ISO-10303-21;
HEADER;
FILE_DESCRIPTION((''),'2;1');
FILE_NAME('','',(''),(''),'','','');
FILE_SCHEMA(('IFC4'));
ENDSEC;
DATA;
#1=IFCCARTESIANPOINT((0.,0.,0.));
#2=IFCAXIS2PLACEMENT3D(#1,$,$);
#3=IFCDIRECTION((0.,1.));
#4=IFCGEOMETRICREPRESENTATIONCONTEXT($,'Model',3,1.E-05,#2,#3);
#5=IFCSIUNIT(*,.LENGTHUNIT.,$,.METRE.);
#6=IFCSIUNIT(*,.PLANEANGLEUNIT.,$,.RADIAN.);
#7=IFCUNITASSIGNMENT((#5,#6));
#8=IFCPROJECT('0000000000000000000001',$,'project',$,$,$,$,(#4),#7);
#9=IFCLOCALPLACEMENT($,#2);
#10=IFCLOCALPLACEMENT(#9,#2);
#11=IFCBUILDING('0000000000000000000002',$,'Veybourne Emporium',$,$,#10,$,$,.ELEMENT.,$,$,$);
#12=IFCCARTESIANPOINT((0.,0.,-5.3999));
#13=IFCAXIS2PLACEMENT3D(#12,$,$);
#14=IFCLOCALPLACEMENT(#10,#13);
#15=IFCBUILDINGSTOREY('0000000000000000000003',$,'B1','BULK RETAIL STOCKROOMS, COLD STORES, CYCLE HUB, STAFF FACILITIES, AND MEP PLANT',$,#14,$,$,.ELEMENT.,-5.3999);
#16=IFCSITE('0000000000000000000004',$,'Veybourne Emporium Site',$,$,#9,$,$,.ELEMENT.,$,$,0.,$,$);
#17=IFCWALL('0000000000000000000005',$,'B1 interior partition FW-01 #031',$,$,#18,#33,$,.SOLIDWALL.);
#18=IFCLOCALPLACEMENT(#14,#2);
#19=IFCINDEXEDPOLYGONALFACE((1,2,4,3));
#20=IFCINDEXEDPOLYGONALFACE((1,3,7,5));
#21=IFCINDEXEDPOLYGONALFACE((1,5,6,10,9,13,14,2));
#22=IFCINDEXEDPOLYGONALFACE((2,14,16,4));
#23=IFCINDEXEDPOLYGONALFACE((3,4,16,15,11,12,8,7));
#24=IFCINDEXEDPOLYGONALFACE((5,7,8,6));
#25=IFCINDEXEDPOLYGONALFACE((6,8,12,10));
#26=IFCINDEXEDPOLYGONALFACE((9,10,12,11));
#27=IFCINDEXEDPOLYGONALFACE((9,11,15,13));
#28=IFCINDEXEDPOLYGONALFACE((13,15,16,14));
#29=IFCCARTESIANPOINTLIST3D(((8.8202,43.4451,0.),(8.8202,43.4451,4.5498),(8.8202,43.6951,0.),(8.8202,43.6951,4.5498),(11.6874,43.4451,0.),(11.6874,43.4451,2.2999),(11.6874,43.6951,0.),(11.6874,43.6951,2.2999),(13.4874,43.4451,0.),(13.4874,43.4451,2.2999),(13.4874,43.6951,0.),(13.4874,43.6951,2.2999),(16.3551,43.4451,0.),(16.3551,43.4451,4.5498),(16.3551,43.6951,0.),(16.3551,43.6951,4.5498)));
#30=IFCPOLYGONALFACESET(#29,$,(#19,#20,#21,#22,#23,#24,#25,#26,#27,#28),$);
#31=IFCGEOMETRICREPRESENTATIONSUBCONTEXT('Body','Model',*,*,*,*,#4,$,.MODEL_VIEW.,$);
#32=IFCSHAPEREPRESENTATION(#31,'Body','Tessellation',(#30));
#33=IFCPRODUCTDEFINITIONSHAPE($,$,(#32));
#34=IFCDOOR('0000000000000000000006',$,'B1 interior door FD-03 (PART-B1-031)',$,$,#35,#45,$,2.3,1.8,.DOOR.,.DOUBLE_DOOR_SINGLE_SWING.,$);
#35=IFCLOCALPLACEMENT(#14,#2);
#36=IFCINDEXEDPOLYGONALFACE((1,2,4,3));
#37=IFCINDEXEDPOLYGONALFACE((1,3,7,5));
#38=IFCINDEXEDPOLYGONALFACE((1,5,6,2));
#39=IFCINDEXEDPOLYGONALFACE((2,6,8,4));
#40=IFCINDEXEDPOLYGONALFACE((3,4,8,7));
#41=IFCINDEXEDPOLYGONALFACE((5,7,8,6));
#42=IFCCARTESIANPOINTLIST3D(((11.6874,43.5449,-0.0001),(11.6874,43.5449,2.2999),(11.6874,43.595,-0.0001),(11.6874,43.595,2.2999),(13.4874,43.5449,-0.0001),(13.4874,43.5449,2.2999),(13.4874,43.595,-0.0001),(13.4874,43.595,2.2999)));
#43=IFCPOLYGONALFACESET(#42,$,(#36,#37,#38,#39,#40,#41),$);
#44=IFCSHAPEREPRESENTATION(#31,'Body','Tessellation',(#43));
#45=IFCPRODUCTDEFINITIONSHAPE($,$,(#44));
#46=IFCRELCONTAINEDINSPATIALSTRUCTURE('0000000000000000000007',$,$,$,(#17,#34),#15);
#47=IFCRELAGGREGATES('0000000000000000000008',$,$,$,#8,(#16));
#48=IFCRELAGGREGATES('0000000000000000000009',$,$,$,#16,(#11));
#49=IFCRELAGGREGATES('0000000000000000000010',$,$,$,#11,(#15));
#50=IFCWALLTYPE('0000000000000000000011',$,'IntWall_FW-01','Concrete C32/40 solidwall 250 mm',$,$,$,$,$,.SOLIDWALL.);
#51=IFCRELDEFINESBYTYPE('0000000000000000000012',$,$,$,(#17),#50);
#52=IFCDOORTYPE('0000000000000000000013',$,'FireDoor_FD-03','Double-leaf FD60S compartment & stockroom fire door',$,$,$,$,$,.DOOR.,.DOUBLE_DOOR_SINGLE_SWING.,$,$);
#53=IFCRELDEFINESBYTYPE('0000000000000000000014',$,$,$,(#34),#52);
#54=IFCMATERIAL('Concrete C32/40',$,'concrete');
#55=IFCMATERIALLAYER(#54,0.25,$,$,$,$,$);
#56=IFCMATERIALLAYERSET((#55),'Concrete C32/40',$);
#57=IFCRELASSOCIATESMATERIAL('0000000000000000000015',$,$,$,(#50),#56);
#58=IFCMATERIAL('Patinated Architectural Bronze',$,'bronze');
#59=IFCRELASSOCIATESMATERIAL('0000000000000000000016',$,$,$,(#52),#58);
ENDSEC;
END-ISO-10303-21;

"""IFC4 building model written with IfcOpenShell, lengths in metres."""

from ifc_helpers import new_model, si_unit, direction, frame, frame_2d, origin, place, context, subcontext, project, spatial, rectangle, extrude, material, layer, layer_set, type_object, element, fill, save


model = new_model("IFC4")

# Units and contexts
model_context = context("Model", 3, precision=1e-05, world=origin(), true_north=direction((0.0, 1.0)))
body_context = subcontext(model_context, "Body", "Model", "MODEL_VIEW")
ifc_project = project(units=[si_unit("LENGTHUNIT", "METRE"), si_unit("PLANEANGLEUNIT", "RADIAN")], contexts=[model_context])

# Site, building, storey
site_placement = place(None, origin())
site = spatial("IfcSite", under=ifc_project, at=site_placement, Name="Veybourne Emporium Site", CompositionType="ELEMENT", RefElevation=0.0)
building_placement = place(site_placement, origin())
building = spatial("IfcBuilding", under=site, at=building_placement, Name="Veybourne Emporium", CompositionType="ELEMENT")
storey_placement = place(building_placement, frame((0.0, 0.0, -5.3999)))
storey = spatial("IfcBuildingStorey", under=building, at=storey_placement, Name="B1", Description="BULK RETAIL STOCKROOMS, COLD STORES, CYCLE HUB, STAFF FACILITIES, AND MEP PLANT", CompositionType="ELEMENT", Elevation=-5.3999)

# Shared definitions
ifc_material_1 = material(Name="Concrete C32/40", Category="concrete")

# Wall, opening, door
ifc_layer = layer(ifc_material_1, 0.25)
ifc_layer_set = layer_set([ifc_layer], Name="Concrete C32/40")
wall_type = type_object("IfcWallType", Name="IntWall_FW-01", Description="Concrete C32/40 solidwall 250 mm", PredefinedType="SOLIDWALL", material=ifc_layer_set)
wall_placement = place(storey_placement, frame((8.8201, 43.5701, 0.0), z_axis=(0.0, 0.0, 1.0), x_axis=(1.0, 0.0, 0.0)))
wall = element("IfcWall", 1, at=wall_placement, inside=storey, type_object=wall_type, Name="B1 interior partition FW-01 #031", PredefinedType="SOLIDWALL", context=body_context, shape_type="SweptSolid", body=[
    extrude(rectangle(XDim=7.5349, YDim=0.25, at=frame_2d((3.7676, 0.0))), origin(), (0.0, 0.0, 1.0), 4.5498),
])
opening_placement = place(wall_placement, frame((2.8674, 0.0, 0.0)))
opening = element("IfcOpeningElement", 2, at=opening_placement, cuts=wall, PredefinedType="OPENING", context=body_context, shape_type="SweptSolid", body=[
    extrude(rectangle(XDim=1.8, YDim=2.3, at=frame_2d((0.8999, 1.1499))), frame((0.0, 0.145, 0.0), z_axis=(0.0, -1.0, 0.0), x_axis=(1.0, 0.0, 0.0)), (0.0, 0.0, 1.0), 0.29),
])
ifc_material_2 = material(Name="Patinated Architectural Bronze", Category="bronze")
door_type = type_object("IfcDoorType", Name="FireDoor_FD-03", Description="Double-leaf FD60S compartment & stockroom fire door", OperationType="DOUBLE_DOOR_SINGLE_SWING", PredefinedType="DOOR", material=ifc_material_2)
door_placement = place(opening_placement, origin())
door = element("IfcDoor", 3, at=door_placement, inside=storey, type_object=door_type, Name="B1 interior door FD-03 (PART-B1-031)", OperationType="DOUBLE_DOOR_SINGLE_SWING", OverallHeight=2.3, OverallWidth=1.8, PredefinedType="DOOR", context=body_context, shape_type="SweptSolid", body=[
    extrude(rectangle(XDim=1.8, YDim=2.3, at=frame_2d((0.8999, 1.1499))), frame((0.0, 0.0249, 0.0), z_axis=(0.0, -1.0, 0.0), x_axis=(1.0, 0.0, 0.0)), (0.0, 0.0, 1.0), 0.05),
])
fill(opening, door)

save(model, "model.ifc")
